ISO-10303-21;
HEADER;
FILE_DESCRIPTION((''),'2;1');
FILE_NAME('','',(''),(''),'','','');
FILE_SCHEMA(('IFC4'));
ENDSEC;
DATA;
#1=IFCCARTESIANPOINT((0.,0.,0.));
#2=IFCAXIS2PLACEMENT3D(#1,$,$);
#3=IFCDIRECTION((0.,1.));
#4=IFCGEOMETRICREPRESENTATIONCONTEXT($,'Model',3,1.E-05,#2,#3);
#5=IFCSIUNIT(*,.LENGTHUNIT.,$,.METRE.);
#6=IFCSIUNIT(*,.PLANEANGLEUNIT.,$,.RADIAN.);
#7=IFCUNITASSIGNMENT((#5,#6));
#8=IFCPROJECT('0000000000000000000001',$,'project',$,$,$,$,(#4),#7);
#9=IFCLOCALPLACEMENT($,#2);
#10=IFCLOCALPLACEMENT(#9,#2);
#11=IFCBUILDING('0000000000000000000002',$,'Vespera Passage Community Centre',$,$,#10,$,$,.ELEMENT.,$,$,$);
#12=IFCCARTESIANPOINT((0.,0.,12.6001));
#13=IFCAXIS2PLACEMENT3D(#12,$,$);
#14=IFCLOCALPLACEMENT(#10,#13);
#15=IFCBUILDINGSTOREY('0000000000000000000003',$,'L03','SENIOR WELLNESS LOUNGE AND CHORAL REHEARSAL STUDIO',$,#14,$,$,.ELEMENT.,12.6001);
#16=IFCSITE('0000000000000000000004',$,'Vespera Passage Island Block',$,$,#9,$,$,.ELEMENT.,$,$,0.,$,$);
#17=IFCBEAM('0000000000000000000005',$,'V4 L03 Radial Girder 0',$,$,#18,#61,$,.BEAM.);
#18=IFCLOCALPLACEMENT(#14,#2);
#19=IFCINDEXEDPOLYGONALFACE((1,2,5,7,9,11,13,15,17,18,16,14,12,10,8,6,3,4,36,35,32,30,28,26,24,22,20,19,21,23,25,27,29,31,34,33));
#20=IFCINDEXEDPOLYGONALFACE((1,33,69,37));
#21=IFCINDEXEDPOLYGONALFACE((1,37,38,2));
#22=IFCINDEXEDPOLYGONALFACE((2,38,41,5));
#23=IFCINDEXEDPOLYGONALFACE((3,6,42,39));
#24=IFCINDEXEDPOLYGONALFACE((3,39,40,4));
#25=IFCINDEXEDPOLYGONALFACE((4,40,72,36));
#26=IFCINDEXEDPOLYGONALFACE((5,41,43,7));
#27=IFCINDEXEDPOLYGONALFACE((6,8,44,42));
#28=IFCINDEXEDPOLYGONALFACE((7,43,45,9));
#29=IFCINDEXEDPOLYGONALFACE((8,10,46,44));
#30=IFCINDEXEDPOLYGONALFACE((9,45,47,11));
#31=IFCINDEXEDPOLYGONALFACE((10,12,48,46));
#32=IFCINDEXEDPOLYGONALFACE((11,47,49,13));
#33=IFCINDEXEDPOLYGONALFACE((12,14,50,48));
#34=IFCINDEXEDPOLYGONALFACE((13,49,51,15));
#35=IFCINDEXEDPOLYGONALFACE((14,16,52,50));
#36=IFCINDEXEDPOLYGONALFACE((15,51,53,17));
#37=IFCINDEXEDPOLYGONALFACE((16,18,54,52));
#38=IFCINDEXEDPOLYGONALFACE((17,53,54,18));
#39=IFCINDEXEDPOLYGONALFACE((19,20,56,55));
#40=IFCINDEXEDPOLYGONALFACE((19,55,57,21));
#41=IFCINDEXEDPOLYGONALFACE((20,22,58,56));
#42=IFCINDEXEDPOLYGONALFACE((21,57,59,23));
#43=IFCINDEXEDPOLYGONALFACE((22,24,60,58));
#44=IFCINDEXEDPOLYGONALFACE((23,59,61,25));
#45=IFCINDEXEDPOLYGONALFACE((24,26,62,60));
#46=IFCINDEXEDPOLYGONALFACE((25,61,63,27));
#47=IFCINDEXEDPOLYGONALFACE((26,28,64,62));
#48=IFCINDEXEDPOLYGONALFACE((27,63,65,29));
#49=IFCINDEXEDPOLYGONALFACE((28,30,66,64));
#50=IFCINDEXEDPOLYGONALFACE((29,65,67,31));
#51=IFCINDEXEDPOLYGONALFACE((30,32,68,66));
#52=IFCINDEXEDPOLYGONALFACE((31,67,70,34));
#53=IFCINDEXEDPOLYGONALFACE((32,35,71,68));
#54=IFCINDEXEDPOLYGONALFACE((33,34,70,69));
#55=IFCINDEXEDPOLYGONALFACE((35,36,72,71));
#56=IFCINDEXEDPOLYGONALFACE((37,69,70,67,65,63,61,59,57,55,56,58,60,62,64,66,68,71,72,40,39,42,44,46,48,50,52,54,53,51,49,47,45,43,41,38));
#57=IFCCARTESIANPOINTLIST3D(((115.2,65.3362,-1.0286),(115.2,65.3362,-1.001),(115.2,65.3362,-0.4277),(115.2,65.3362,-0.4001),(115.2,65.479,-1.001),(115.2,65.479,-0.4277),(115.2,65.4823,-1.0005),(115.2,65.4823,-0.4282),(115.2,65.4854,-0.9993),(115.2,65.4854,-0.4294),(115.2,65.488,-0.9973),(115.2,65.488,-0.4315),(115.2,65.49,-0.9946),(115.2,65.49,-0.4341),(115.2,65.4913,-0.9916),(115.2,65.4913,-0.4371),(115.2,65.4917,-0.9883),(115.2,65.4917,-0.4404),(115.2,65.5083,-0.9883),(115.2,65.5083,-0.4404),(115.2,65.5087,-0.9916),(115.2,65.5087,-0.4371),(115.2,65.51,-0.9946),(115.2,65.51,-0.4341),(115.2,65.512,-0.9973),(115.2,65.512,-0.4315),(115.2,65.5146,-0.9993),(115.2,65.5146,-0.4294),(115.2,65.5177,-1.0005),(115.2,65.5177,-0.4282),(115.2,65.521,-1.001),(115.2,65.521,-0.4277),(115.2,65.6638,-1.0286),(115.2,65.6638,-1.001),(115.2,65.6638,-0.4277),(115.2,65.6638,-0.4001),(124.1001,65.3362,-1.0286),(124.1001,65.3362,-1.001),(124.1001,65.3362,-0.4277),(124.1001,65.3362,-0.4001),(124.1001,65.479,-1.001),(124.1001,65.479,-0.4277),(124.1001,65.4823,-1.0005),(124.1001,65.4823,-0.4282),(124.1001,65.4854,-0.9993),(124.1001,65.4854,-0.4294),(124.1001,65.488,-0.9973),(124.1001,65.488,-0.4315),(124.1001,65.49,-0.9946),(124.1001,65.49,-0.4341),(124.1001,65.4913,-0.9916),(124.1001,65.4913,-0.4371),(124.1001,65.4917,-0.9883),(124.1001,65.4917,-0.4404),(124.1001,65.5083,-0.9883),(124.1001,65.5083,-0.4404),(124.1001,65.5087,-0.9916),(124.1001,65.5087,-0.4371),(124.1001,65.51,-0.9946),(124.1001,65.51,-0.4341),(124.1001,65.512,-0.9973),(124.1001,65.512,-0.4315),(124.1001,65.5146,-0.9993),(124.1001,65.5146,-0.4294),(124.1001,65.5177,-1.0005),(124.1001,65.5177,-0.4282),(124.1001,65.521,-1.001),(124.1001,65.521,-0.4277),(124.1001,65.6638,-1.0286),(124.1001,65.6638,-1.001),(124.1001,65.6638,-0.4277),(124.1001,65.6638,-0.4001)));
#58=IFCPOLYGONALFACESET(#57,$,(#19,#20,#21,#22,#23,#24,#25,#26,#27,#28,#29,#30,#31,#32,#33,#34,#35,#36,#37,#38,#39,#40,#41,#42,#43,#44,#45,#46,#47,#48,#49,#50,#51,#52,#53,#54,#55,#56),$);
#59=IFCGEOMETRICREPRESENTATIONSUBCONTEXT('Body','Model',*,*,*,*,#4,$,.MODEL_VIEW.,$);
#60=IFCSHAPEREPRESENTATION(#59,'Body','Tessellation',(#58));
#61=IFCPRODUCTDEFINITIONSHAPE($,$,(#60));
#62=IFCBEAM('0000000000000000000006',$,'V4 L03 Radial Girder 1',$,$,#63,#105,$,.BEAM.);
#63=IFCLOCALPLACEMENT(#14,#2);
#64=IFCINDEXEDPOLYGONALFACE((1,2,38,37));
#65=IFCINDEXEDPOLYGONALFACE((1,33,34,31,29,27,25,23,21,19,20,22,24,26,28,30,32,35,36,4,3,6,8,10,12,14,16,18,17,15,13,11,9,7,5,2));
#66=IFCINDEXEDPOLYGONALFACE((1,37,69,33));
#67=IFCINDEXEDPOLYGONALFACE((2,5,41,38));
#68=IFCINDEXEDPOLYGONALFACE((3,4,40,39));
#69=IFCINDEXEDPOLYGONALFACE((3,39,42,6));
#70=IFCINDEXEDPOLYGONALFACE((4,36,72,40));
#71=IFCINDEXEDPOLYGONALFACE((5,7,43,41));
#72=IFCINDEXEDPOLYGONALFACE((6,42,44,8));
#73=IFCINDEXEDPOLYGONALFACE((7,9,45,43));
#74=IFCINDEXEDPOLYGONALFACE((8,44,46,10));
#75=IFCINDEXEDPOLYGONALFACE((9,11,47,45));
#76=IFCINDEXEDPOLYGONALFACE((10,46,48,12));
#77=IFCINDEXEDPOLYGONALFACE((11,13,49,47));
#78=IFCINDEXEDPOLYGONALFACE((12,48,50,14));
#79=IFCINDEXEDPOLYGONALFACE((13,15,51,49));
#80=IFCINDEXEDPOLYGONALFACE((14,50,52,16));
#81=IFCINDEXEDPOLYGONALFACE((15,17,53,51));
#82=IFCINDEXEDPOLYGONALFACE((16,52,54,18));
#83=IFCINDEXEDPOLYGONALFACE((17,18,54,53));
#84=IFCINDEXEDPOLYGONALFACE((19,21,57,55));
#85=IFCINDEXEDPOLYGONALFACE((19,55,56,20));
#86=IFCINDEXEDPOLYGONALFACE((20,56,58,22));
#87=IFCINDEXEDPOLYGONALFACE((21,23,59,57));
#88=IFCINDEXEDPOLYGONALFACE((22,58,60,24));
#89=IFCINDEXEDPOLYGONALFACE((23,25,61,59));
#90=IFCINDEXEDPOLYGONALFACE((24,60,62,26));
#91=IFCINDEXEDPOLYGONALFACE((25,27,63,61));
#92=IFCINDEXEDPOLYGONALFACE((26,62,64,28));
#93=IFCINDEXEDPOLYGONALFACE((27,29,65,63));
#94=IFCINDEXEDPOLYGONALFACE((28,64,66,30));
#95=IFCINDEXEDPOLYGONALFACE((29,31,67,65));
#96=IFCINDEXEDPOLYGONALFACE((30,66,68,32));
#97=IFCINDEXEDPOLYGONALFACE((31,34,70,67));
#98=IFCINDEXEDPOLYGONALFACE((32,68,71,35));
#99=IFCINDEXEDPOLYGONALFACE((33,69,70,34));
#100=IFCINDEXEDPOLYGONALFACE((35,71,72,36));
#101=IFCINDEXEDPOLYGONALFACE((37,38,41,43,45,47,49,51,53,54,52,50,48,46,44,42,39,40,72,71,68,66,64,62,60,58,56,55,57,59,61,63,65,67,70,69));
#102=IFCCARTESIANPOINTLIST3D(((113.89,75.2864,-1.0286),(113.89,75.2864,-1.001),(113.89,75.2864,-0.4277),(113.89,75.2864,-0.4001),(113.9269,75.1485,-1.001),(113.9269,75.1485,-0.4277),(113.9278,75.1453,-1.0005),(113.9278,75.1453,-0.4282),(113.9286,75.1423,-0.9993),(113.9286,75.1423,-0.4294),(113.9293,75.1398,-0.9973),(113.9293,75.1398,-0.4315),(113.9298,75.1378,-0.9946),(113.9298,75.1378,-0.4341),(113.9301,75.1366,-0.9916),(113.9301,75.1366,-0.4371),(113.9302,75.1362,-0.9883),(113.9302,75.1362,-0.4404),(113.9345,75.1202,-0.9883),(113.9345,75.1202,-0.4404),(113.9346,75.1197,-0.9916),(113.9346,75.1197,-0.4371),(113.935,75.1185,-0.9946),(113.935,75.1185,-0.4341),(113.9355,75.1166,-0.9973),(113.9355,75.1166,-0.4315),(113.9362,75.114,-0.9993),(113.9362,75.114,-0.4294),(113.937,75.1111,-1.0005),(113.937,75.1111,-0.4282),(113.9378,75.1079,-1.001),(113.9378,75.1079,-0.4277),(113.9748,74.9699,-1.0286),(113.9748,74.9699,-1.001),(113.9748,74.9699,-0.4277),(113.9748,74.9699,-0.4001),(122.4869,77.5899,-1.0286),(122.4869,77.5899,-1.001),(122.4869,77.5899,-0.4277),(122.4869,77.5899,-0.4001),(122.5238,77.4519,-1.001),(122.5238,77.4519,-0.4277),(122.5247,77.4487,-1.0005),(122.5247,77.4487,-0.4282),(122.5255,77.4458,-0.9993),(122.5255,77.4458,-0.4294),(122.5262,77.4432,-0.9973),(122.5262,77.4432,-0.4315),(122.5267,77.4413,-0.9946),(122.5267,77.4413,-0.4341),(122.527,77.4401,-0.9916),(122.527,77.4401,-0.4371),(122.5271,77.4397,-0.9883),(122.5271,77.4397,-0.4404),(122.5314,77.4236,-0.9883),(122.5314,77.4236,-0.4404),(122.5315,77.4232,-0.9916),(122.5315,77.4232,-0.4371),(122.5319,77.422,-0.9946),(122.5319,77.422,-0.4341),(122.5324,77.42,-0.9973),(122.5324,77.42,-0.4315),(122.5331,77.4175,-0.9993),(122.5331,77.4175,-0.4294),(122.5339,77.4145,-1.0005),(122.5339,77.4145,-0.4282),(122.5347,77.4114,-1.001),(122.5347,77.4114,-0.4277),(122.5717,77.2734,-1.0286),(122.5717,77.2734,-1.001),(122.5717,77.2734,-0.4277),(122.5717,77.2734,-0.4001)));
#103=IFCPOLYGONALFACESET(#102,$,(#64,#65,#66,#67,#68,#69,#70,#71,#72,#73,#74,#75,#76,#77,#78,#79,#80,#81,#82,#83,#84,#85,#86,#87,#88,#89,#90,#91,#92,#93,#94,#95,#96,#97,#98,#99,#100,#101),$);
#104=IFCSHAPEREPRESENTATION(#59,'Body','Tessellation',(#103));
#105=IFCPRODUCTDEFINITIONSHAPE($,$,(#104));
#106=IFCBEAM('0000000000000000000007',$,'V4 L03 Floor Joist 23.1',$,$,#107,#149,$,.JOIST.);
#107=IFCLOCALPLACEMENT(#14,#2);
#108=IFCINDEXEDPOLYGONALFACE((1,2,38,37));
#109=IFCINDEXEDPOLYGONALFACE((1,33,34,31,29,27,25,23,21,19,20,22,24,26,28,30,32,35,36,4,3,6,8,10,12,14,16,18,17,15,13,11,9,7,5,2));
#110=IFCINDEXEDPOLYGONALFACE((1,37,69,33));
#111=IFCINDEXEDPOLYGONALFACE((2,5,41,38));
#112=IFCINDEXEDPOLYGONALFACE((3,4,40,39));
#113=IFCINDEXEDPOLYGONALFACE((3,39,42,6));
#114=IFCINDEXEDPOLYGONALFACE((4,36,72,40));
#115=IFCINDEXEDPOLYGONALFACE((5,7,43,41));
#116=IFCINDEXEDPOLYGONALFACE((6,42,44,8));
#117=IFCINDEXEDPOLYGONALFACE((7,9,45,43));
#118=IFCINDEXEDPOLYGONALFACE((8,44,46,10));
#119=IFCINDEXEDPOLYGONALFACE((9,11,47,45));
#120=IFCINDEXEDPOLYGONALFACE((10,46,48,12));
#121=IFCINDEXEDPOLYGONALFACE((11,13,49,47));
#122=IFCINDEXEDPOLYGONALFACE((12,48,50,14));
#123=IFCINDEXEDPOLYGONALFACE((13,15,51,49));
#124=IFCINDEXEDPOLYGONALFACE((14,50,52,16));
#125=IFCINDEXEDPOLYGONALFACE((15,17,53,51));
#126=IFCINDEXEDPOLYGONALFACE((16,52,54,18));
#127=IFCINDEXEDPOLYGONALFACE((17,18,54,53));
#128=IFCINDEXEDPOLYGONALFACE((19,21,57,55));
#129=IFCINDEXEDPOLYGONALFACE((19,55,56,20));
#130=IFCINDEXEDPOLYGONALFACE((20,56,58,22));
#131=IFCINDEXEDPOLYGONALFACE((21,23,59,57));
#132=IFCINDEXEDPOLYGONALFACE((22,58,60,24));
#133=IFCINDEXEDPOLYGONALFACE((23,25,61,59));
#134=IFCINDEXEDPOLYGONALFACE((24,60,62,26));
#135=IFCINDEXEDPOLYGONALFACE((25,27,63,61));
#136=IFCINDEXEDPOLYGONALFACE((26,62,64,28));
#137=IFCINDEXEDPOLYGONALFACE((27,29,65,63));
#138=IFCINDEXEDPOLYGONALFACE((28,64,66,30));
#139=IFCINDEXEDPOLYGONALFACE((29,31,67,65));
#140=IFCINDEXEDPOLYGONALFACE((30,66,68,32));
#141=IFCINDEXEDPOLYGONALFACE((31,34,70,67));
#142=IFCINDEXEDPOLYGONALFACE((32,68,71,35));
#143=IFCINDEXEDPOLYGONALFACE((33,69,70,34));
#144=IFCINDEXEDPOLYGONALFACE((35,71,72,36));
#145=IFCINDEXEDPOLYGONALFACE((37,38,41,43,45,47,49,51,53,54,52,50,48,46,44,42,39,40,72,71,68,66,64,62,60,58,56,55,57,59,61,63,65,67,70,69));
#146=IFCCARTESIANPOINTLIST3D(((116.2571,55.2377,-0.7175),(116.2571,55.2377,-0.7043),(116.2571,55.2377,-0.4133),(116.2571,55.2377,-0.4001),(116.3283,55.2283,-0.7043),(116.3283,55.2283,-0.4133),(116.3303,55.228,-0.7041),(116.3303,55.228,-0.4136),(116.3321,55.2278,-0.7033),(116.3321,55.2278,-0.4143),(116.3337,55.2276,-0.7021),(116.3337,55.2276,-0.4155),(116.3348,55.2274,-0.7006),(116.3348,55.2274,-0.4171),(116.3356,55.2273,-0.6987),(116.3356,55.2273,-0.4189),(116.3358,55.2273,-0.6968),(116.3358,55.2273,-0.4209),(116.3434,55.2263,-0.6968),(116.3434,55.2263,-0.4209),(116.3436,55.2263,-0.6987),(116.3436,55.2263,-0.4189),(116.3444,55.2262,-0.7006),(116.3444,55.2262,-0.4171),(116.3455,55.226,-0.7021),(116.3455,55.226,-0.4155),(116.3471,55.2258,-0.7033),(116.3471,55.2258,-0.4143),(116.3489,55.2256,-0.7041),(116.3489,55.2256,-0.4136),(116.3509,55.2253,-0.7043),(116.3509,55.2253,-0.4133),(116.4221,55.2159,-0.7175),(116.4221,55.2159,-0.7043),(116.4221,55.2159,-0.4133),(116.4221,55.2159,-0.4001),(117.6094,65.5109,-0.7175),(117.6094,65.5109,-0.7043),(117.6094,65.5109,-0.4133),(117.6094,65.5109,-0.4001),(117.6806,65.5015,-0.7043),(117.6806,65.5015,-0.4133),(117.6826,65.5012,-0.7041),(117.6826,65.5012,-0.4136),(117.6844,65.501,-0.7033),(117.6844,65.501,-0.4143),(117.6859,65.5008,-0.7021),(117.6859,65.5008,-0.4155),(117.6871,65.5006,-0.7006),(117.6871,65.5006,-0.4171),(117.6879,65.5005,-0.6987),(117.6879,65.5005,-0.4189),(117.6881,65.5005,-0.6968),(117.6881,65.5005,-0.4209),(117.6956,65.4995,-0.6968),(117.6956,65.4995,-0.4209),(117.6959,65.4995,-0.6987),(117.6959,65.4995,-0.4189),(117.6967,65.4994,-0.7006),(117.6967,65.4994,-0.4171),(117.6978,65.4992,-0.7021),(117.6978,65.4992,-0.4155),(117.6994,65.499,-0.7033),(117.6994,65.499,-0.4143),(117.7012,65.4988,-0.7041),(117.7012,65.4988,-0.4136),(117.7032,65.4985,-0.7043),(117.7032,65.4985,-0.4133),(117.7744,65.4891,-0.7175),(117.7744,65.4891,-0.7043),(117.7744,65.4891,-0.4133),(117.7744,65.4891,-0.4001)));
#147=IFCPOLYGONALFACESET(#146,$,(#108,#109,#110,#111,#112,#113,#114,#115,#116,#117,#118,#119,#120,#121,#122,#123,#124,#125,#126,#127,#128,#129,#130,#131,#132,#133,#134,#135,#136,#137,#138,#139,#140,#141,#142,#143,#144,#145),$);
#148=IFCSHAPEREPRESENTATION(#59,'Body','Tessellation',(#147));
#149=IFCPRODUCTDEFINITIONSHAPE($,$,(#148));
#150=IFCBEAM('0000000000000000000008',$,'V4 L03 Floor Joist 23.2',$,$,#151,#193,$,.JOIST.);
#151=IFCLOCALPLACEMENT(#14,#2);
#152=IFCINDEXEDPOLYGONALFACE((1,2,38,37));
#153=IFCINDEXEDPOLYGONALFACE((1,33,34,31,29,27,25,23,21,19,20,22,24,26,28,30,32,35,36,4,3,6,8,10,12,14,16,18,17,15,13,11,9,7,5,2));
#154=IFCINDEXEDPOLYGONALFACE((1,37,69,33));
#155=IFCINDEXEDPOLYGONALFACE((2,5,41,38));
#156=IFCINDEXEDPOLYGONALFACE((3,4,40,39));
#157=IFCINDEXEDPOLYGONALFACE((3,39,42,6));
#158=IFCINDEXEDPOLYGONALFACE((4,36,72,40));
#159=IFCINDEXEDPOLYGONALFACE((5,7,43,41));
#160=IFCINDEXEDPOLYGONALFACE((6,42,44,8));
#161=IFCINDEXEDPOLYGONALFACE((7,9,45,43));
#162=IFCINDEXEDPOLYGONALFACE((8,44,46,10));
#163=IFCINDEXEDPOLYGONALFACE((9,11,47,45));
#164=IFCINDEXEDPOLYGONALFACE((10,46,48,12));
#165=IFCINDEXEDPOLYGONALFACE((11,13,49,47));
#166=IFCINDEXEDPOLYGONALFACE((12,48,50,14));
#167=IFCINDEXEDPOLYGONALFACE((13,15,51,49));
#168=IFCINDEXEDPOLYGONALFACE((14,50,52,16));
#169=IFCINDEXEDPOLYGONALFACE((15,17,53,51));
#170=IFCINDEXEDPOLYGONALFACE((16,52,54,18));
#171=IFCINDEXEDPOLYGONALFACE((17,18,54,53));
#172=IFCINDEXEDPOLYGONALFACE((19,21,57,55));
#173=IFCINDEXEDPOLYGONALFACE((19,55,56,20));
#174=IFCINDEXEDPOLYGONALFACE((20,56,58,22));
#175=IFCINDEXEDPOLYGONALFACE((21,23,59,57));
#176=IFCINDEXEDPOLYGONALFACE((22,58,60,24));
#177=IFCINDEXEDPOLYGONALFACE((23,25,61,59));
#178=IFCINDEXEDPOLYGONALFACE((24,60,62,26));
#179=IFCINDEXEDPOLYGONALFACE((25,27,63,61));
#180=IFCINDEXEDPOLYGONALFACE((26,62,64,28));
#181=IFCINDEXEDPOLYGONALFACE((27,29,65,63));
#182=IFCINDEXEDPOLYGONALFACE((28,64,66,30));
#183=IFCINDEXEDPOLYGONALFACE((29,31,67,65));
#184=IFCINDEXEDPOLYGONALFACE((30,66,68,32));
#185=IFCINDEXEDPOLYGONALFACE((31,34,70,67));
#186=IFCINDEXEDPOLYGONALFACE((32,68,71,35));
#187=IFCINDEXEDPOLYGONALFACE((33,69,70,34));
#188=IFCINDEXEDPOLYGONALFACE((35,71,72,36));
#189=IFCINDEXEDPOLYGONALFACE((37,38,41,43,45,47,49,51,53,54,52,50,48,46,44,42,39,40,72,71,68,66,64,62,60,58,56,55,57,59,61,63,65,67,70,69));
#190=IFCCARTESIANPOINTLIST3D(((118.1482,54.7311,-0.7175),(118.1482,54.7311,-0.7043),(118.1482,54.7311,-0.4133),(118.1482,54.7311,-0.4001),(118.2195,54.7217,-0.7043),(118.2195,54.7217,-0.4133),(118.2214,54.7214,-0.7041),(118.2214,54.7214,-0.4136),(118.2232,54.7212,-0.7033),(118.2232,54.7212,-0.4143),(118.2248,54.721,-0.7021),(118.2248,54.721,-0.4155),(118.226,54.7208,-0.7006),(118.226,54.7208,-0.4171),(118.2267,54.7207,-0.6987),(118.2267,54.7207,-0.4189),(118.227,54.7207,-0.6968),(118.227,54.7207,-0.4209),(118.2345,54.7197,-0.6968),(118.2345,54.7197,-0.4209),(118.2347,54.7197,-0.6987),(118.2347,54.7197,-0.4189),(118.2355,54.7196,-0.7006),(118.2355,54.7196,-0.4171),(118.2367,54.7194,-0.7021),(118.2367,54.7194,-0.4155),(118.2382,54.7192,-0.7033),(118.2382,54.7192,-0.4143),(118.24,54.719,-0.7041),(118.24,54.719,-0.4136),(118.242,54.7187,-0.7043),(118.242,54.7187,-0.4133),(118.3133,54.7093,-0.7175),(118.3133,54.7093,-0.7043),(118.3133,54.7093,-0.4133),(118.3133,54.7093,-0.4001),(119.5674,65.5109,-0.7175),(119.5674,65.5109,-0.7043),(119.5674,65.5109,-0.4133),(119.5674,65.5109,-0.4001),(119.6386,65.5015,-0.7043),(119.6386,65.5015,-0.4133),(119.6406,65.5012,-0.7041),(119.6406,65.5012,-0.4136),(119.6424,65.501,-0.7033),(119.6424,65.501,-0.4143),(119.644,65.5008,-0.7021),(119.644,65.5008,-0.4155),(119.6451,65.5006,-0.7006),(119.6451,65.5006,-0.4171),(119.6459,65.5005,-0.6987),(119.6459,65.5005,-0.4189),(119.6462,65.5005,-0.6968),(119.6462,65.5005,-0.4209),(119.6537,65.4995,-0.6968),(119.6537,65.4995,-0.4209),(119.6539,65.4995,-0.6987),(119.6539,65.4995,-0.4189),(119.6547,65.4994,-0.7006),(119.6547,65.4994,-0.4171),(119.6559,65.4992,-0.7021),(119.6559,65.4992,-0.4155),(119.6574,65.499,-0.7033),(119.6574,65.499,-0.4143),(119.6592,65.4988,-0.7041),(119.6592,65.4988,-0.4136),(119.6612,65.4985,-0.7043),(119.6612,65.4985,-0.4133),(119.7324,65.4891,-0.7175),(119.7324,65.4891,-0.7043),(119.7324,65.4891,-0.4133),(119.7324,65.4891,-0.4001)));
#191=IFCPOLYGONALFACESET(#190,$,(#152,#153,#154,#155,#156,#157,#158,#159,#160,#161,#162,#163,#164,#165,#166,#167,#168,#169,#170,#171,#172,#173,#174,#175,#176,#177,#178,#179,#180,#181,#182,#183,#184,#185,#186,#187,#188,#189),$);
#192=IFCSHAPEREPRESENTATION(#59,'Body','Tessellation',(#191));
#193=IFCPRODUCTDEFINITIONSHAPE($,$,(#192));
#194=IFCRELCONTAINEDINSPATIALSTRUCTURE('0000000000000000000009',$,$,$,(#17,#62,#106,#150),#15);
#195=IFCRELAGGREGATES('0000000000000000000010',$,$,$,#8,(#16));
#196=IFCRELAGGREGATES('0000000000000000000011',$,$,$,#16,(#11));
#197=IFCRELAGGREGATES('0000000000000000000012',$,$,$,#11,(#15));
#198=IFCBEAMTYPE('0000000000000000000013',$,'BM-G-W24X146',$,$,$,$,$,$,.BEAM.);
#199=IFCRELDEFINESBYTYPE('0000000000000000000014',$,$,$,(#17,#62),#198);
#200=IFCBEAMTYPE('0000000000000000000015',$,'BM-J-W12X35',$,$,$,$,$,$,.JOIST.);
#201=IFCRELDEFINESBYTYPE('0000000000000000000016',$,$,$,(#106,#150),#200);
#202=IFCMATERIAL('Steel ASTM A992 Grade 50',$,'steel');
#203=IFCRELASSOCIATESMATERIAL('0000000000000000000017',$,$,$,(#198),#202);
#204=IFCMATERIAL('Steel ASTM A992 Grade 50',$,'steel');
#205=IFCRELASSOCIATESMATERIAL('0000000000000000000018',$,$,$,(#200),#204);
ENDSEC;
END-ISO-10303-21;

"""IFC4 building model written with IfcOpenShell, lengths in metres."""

from ifc_helpers import new_model, si_unit, direction, frame, origin, origin_2d, place, context, subcontext, project, spatial, i_section, extrude, material, material_profile, profile_set, type_object, element, save


model = new_model("IFC4")

# Units and contexts
model_context = context("Model", 3, precision=1e-05, world=origin(), true_north=direction((0.0, 1.0)))
body_context = subcontext(model_context, "Body", "Model", "MODEL_VIEW")
ifc_project = project(units=[si_unit("LENGTHUNIT", "METRE"), si_unit("PLANEANGLEUNIT", "RADIAN")], contexts=[model_context])

# Site, building, storey
site_placement = place(None, origin())
site = spatial("IfcSite", under=ifc_project, at=site_placement, Name="Vespera Passage Island Block", CompositionType="ELEMENT", RefElevation=0.0)
building_placement = place(site_placement, origin())
building = spatial("IfcBuilding", under=site, at=building_placement, Name="Vespera Passage Community Centre", CompositionType="ELEMENT")
storey_placement = place(building_placement, frame((0.0, 0.0, 12.6001)))
storey = spatial("IfcBuildingStorey", under=building, at=storey_placement, Name="L03", Description="SENIOR WELLNESS LOUNGE AND CHORAL REHEARSAL STUDIO", CompositionType="ELEMENT", Elevation=12.6001)

# Beams
ifc_material_1 = material(Name="Steel ASTM A992 Grade 50", Category="steel")
ifc_material_profile_1 = material_profile(ifc_material_1, i_section(OverallWidth=0.3276, OverallDepth=0.6284, WebThickness=0.0166, FlangeThickness=0.0276, FilletRadius=0.0127, at=origin_2d()), Name="W24X146")
ifc_profile_set_1 = profile_set([ifc_material_profile_1], Name="Steel ASTM A992 Grade 50")
beam_type_1 = type_object("IfcBeamType", Name="BM-G-W24X146", PredefinedType="BEAM", material=ifc_profile_set_1)
for number, where, z_axis, x_axis, name in (
    (1, (115.2, 65.5, -0.7144), (1.0, 0.0, 0.0), (0.0, 1.0, 0.0), "V4 L03 Radial Girder 0"),
    (2, (113.9324, 75.1282, -0.7144), (0.965928, 0.258811, 0.0), (-0.258811, 0.965928, 0.0), "V4 L03 Radial Girder 1"),
):
    element("IfcBeam", number, at=place(storey_placement, frame(where, z_axis=z_axis, x_axis=x_axis)), inside=storey, type_object=beam_type_1, Name=name, PredefinedType="BEAM", context=body_context, shape_type="SweptSolid", body=[
        extrude(i_section(OverallWidth=0.3276, OverallDepth=0.6284, WebThickness=0.0166, FlangeThickness=0.0276, FilletRadius=0.0127, at=origin_2d()), origin(), (0.0, 0.0, 1.0), 8.9001),
    ])
ifc_material_2 = material(Name="Steel ASTM A992 Grade 50", Category="steel")
ifc_material_profile_2 = material_profile(ifc_material_2, i_section(OverallWidth=0.1665, OverallDepth=0.3174, WebThickness=0.0076, FlangeThickness=0.0132, FilletRadius=0.0076, at=origin_2d()), Name="W12X35")
ifc_profile_set_2 = profile_set([ifc_material_profile_2], Name="Steel ASTM A992 Grade 50")
beam_type_2 = type_object("IfcBeamType", Name="BM-J-W12X35", PredefinedType="JOIST", material=ifc_profile_set_2)
beam_1_placement = place(storey_placement, frame((116.3396, 55.2268, -0.5588), z_axis=(0.130508, 0.991447, 0.0), x_axis=(-0.991447, 0.130508, 0.0)))
element("IfcBeam", 3, at=beam_1_placement, inside=storey, type_object=beam_type_2, Name="V4 L03 Floor Joist 23.1", PredefinedType="JOIST", context=body_context, shape_type="SweptSolid", body=[
    extrude(i_section(OverallWidth=0.1665, OverallDepth=0.3174, WebThickness=0.0076, FlangeThickness=0.0132, FilletRadius=0.0076, at=origin_2d()), origin(), (0.0, 0.0, 1.0), 10.3618),
])
beam_2_placement = place(storey_placement, frame((118.2307, 54.7202, -0.5588), z_axis=(0.130527, 0.991445, 0.0), x_axis=(-0.991445, 0.130527, 0.0)))
element("IfcBeam", 4, at=beam_2_placement, inside=storey, type_object=beam_type_2, Name="V4 L03 Floor Joist 23.2", PredefinedType="JOIST", context=body_context, shape_type="SweptSolid", body=[
    extrude(i_section(OverallWidth=0.1665, OverallDepth=0.3174, WebThickness=0.0076, FlangeThickness=0.0132, FilletRadius=0.0076, at=origin_2d()), origin(), (0.0, 0.0, 1.0), 10.8728),
])

save(model, "model.ifc")
